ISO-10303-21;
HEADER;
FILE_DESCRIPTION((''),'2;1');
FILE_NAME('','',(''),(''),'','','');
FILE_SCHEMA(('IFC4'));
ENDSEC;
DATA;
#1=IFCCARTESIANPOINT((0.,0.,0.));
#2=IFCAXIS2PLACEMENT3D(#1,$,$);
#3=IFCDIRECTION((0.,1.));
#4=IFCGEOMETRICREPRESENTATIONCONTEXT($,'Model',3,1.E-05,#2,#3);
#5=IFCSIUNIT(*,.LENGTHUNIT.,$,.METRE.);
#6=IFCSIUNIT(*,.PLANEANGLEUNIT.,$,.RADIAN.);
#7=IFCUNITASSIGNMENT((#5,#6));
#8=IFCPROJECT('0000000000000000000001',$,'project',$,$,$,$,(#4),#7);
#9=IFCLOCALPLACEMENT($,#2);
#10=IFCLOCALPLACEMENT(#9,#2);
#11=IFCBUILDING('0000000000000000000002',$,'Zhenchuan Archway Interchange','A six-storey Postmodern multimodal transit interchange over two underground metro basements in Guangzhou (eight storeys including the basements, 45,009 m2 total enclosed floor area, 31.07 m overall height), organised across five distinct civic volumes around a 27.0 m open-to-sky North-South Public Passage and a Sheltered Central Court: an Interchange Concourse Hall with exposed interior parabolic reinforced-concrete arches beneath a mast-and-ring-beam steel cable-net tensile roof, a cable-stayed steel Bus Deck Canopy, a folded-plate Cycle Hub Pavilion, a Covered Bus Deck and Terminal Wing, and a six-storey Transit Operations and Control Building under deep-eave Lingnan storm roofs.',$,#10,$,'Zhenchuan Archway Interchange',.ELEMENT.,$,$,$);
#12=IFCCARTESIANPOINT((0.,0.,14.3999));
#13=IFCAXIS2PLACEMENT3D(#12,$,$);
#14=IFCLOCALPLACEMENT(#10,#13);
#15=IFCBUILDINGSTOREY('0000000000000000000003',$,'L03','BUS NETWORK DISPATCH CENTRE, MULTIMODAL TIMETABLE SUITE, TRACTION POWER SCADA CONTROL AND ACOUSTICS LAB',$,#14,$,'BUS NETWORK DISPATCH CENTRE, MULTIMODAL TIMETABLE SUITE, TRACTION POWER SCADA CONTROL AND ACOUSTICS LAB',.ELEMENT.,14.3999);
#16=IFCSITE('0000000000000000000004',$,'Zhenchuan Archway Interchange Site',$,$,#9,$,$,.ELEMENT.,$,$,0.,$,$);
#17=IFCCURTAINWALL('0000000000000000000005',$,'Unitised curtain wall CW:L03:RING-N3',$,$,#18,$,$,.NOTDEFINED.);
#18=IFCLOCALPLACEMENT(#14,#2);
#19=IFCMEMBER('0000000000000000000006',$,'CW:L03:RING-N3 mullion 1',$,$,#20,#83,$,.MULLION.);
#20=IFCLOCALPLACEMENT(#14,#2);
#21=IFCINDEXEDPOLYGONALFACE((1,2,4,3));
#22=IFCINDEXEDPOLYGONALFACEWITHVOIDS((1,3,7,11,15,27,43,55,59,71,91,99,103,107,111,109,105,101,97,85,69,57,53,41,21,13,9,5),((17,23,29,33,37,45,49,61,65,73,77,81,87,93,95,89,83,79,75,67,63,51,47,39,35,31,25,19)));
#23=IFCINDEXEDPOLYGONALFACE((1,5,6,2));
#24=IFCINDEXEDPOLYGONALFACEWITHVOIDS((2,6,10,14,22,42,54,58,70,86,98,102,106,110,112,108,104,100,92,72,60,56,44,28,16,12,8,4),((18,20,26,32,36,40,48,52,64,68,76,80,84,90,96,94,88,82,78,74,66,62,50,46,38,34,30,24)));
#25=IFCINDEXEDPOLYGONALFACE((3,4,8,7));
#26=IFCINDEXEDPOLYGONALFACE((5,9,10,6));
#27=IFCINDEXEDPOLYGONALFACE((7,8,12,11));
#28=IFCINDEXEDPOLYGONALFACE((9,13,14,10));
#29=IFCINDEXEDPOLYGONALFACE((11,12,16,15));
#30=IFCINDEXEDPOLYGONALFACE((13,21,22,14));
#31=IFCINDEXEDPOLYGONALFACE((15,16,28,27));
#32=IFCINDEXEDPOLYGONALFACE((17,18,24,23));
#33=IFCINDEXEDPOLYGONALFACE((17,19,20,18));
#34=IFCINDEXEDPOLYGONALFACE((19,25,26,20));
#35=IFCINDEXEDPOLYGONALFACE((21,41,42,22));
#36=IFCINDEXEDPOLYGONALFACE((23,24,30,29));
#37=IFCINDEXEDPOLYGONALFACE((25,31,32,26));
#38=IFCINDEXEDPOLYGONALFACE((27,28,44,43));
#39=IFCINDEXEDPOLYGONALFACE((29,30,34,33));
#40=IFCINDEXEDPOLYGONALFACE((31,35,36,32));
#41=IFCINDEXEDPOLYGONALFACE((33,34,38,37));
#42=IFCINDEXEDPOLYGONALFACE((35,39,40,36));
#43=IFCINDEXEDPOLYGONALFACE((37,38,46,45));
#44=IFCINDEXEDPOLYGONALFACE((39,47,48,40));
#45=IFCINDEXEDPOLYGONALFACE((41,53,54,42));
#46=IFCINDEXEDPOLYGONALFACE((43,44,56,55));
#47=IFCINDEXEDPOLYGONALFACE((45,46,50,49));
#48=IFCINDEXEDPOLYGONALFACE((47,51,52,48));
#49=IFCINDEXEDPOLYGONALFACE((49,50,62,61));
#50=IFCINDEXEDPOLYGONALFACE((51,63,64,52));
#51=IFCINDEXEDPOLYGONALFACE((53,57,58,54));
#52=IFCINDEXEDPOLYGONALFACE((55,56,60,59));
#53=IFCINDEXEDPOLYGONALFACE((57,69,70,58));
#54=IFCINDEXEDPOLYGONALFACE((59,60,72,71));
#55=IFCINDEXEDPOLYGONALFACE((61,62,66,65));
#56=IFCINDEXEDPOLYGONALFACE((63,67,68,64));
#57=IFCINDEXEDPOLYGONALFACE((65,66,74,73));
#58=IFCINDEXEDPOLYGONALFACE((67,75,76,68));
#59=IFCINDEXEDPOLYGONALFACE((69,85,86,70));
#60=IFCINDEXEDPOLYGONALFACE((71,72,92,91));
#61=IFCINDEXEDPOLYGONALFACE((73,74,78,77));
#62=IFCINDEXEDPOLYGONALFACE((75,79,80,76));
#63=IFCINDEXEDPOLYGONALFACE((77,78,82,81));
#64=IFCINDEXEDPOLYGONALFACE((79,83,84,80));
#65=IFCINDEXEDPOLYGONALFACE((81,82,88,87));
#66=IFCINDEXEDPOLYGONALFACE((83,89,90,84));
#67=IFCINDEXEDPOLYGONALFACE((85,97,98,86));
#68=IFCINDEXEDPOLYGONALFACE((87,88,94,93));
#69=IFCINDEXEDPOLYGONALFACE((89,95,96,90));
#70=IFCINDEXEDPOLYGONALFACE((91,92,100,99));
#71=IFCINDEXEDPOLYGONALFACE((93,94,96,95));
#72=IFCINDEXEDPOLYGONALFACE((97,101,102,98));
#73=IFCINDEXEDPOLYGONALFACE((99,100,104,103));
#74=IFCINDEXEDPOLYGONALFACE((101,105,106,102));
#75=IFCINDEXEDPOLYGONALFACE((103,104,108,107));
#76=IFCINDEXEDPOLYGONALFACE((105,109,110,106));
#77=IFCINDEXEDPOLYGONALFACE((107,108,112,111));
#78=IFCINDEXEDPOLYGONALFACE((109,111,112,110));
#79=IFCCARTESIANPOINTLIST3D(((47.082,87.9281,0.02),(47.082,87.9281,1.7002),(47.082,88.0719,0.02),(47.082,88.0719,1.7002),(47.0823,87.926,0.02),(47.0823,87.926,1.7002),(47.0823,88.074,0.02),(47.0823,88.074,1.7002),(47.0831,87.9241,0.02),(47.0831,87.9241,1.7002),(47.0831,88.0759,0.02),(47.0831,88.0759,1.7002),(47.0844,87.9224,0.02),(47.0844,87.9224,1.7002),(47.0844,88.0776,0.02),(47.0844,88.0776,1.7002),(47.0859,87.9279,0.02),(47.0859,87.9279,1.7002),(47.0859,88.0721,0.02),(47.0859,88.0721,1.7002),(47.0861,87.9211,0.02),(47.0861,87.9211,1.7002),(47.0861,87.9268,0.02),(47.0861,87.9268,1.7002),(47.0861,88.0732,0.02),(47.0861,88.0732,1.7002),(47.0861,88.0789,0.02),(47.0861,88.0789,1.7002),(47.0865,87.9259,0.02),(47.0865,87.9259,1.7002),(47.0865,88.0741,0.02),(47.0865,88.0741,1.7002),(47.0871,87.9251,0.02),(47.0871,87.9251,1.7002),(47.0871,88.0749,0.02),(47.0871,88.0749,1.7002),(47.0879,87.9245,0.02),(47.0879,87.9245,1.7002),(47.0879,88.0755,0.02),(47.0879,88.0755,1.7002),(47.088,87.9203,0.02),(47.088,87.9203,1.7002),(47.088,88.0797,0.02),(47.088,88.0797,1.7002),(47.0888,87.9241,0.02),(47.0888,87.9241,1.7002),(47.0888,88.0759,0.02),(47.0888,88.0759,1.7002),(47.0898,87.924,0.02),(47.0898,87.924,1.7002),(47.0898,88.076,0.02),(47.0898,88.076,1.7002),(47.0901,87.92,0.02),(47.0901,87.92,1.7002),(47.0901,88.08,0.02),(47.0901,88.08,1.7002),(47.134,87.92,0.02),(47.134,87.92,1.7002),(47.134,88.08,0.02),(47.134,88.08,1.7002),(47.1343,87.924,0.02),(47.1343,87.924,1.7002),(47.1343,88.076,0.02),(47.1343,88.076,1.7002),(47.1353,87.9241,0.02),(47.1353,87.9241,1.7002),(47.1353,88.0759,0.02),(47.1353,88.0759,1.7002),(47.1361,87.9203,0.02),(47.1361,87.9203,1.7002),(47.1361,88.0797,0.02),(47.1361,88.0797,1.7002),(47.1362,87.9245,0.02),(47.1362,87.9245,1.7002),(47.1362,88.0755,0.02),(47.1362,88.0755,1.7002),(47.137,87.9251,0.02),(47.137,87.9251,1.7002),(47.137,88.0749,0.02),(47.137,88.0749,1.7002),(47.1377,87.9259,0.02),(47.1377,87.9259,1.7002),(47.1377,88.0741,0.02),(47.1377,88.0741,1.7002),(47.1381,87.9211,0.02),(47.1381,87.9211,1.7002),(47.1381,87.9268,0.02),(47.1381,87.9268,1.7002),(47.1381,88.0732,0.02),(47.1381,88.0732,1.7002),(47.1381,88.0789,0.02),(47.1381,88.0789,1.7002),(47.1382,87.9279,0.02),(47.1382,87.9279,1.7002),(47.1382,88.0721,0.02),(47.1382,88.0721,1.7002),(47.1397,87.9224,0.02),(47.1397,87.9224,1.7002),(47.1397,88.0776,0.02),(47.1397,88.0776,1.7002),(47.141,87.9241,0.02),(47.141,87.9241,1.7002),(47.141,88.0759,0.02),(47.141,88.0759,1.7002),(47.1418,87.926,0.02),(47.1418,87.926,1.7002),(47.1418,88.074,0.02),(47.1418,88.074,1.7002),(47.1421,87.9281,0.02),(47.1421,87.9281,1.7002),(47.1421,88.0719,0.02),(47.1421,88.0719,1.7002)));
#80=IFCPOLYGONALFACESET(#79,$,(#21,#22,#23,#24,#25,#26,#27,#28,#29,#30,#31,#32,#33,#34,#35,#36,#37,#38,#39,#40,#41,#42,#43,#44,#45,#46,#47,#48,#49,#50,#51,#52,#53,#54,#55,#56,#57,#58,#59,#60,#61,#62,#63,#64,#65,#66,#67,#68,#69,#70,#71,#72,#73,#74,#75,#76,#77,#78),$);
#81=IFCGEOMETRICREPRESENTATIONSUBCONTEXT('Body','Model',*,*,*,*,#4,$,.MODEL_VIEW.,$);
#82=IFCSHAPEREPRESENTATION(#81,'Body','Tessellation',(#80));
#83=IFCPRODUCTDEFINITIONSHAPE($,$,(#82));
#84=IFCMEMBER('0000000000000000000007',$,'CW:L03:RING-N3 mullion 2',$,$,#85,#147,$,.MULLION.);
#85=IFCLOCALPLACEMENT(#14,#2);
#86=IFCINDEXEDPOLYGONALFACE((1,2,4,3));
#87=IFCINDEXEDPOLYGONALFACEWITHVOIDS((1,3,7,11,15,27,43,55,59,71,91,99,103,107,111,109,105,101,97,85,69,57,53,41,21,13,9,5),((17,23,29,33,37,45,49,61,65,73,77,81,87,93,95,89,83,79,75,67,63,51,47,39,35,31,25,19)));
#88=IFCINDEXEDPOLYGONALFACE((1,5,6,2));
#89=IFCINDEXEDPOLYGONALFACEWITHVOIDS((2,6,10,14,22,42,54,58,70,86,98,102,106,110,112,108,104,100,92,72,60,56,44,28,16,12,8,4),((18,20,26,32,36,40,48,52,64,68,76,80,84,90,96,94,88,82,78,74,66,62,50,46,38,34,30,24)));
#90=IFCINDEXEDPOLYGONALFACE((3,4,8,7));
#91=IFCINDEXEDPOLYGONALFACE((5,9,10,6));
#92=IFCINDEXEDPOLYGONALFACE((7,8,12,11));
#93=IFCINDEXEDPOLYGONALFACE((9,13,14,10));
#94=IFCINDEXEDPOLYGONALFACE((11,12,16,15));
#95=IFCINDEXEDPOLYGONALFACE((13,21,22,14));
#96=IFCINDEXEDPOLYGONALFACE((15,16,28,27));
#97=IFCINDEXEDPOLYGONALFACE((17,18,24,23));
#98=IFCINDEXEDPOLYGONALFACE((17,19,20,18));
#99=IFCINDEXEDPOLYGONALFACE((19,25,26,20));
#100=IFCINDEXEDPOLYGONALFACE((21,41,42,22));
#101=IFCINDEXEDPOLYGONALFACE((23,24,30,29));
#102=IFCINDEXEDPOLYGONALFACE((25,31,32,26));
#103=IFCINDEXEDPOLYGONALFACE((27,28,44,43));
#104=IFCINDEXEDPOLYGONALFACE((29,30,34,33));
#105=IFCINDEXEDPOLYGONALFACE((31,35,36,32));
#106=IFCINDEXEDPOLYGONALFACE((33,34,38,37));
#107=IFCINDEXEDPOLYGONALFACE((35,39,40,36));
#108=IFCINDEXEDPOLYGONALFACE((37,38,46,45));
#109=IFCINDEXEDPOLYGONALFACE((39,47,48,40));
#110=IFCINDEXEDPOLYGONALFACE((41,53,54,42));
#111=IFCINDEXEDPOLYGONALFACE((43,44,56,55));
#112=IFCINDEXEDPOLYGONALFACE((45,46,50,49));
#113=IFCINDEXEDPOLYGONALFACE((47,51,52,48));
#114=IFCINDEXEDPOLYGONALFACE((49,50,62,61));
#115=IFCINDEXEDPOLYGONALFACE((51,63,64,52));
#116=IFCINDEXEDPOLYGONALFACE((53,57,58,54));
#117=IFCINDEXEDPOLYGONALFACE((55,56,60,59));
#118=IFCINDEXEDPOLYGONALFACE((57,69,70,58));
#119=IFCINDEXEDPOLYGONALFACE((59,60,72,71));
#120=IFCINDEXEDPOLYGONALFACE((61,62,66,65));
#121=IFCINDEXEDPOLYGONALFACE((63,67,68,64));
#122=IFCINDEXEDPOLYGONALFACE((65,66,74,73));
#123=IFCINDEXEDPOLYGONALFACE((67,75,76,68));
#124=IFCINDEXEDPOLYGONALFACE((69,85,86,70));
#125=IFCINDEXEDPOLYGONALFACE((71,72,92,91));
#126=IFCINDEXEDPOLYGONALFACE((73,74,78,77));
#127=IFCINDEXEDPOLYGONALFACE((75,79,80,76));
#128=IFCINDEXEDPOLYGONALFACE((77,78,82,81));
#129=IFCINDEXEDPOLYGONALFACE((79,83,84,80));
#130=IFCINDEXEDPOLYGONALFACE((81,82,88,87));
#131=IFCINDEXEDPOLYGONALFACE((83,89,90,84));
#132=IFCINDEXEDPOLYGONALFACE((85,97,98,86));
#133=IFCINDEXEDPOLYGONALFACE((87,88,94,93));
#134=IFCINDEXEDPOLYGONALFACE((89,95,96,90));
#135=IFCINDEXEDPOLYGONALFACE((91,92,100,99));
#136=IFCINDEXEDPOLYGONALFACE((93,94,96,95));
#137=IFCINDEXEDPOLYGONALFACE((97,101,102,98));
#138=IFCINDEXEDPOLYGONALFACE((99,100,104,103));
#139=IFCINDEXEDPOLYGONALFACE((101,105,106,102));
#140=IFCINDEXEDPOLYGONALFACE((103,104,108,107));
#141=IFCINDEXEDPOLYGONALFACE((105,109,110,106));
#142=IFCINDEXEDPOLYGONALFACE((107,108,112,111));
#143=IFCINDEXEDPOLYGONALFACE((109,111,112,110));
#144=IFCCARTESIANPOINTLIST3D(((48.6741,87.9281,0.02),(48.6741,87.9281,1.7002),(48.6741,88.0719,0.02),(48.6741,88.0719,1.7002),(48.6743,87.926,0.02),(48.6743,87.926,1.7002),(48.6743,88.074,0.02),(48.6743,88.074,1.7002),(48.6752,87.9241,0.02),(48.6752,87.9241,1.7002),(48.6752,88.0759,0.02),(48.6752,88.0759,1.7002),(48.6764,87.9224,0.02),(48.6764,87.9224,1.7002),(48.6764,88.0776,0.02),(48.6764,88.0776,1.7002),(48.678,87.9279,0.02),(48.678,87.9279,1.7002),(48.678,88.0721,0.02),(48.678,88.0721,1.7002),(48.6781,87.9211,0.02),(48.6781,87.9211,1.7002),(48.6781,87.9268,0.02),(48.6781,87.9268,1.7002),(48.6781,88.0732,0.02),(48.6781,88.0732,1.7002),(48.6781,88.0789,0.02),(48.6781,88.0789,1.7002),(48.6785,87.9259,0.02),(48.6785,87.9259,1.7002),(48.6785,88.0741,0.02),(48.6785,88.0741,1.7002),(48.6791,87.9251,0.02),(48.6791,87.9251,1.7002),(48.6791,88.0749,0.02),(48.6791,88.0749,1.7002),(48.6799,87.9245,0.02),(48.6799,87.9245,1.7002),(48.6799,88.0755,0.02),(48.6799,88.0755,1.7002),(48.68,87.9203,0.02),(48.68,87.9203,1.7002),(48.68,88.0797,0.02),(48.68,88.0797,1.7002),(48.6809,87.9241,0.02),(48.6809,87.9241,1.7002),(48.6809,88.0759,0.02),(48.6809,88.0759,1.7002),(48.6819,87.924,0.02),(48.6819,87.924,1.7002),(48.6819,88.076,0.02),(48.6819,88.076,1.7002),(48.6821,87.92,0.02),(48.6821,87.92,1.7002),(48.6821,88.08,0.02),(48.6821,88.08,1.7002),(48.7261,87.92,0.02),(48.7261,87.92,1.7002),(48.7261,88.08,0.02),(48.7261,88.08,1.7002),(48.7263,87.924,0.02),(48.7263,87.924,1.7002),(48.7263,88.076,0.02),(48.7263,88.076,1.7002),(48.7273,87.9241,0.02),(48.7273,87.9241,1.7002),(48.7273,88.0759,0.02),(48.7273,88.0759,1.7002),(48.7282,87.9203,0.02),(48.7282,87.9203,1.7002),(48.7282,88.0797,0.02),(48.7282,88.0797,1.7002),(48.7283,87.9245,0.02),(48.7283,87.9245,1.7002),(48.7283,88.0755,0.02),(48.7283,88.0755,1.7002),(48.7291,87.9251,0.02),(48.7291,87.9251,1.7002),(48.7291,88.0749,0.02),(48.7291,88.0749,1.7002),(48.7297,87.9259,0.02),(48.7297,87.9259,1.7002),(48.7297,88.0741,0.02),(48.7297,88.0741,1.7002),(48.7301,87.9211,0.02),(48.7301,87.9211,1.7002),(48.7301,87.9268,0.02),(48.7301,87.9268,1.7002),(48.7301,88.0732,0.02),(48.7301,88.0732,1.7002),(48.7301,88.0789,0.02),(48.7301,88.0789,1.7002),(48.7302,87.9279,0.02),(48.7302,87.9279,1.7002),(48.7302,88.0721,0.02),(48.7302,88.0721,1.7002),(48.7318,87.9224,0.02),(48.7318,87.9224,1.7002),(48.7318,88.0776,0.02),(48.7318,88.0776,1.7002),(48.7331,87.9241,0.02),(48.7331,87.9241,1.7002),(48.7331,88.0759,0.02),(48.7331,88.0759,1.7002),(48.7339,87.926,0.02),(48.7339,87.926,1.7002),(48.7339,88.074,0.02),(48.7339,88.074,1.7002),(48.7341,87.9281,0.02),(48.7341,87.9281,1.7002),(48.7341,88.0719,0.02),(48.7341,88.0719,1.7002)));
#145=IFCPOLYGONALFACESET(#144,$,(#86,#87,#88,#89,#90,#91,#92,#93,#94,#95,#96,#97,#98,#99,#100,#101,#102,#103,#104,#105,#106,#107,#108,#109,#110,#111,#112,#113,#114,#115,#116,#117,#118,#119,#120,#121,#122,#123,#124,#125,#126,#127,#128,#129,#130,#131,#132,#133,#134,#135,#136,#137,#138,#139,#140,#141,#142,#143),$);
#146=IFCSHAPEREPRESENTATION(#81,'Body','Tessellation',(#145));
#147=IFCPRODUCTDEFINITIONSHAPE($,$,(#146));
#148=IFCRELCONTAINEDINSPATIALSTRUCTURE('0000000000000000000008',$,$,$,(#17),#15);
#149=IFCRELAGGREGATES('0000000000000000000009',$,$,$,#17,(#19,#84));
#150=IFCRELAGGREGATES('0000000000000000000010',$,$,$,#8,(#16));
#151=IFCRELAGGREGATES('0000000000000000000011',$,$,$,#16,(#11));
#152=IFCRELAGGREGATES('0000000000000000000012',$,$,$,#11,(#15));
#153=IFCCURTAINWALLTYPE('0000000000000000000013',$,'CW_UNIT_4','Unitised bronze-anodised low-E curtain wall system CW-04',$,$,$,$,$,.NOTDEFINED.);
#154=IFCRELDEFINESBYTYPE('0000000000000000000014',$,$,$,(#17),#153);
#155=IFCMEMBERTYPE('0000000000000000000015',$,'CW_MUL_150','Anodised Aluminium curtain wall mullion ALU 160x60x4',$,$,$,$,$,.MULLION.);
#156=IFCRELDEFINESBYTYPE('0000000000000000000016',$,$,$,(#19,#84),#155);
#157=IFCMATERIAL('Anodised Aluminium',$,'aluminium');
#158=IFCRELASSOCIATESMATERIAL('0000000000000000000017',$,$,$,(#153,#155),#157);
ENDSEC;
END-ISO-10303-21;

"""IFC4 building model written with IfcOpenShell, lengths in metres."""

from ifc_helpers import new_model, si_unit, direction, frame, origin, origin_2d, place, context, subcontext, project, spatial, hollow_rectangle, extrude, material, material_profile, profile_set, type_object, element, aggregate, save


model = new_model("IFC4")

# Units and contexts
model_context = context("Model", 3, precision=1e-05, world=origin(), true_north=direction((0.0, 1.0)))
body_context = subcontext(model_context, "Body", "Model", "MODEL_VIEW")
ifc_project = project(units=[si_unit("LENGTHUNIT", "METRE"), si_unit("PLANEANGLEUNIT", "RADIAN")], contexts=[model_context])

# Site, building, storey
site_placement = place(None, origin())
site = spatial("IfcSite", under=ifc_project, at=site_placement, Name="Zhenchuan Archway Interchange Site", CompositionType="ELEMENT", RefElevation=0.0)
building_placement = place(site_placement, origin())
building = spatial("IfcBuilding", under=site, at=building_placement, Name="Zhenchuan Archway Interchange", Description="A six-storey Postmodern multimodal transit interchange over two underground metro basements in Guangzhou (eight storeys including the basements, 45,009 m2 total enclosed floor area, 31.07 m overall height), organised across five distinct civic volumes around a 27.0 m open-to-sky North-South Public Passage and a Sheltered Central Court: an Interchange Concourse Hall with exposed interior parabolic reinforced-concrete arches beneath a mast-and-ring-beam steel cable-net tensile roof, a cable-stayed steel Bus Deck Canopy, a folded-plate Cycle Hub Pavilion, a Covered Bus Deck and Terminal Wing, and a six-storey Transit Operations and Control Building under deep-eave Lingnan storm roofs.", LongName="Zhenchuan Archway Interchange", CompositionType="ELEMENT")
storey_placement = place(building_placement, frame((0.0, 0.0, 14.3999)))
storey = spatial("IfcBuildingStorey", under=building, at=storey_placement, Name="L03", Description="BUS NETWORK DISPATCH CENTRE, MULTIMODAL TIMETABLE SUITE, TRACTION POWER SCADA CONTROL AND ACOUSTICS LAB", LongName="BUS NETWORK DISPATCH CENTRE, MULTIMODAL TIMETABLE SUITE, TRACTION POWER SCADA CONTROL AND ACOUSTICS LAB", CompositionType="ELEMENT", Elevation=14.3999)

# Curtain wall, members
ifc_material_1 = material(Name="Anodised Aluminium", Category="aluminium")
curtain_wall_type = type_object("IfcCurtainWallType", Name="CW_UNIT_4", Description="Unitised bronze-anodised low-E curtain wall system CW-04", PredefinedType="NOTDEFINED", material=ifc_material_1)
ifc_material_profile_1 = material_profile(ifc_material_1, hollow_rectangle(XDim=0.0601, YDim=0.1599, WallThickness=0.0039, InnerFilletRadius=0.0039, OuterFilletRadius=0.0081, at=origin_2d()), Name="ALU 160x60x4")
ifc_profile_set_1 = profile_set([ifc_material_profile_1], Name="Anodised Aluminium")
member_type_1 = type_object("IfcMemberType", Name="CW_MUL_150", Description="Anodised Aluminium curtain wall mullion ALU 160x60x4", PredefinedType="MULLION", material=ifc_profile_set_1)
curtain_wall_1_placement = place(storey_placement, origin())
curtain_wall_1 = element("IfcCurtainWall", 1, at=curtain_wall_1_placement, inside=storey, type_object=curtain_wall_type, Name="Unitised curtain wall CW:L03:RING-N3", PredefinedType="NOTDEFINED")
member_1_placement = place(storey_placement, frame((47.1121, 88.0, 0.02), z_axis=(0.0, 0.0, 1.0), x_axis=(1.0, 0.0, 0.0)))
member_1 = element("IfcMember", 2, at=member_1_placement, type_object=member_type_1, Name="CW:L03:RING-N3 mullion 1", PredefinedType="MULLION", context=body_context, shape_type="SweptSolid", body=[
    extrude(hollow_rectangle(XDim=0.0601, YDim=0.1599, WallThickness=0.0039, InnerFilletRadius=0.0039, OuterFilletRadius=0.0081, at=origin_2d()), origin(), (0.0, 0.0, 1.0), 1.6802),
])
member_2_placement = place(storey_placement, frame((48.7041, 88.0, 0.02), z_axis=(0.0, 0.0, 1.0), x_axis=(1.0, 0.0, 0.0)))
member_2 = element("IfcMember", 3, at=member_2_placement, type_object=member_type_1, Name="CW:L03:RING-N3 mullion 2", PredefinedType="MULLION", context=body_context, shape_type="SweptSolid", body=[
    extrude(hollow_rectangle(XDim=0.0601, YDim=0.1599, WallThickness=0.0039, InnerFilletRadius=0.0039, OuterFilletRadius=0.0081, at=origin_2d()), origin(), (0.0, 0.0, 1.0), 1.6802),
])

aggregate(curtain_wall_1, [member_1, member_2])

save(model, "model.ifc")
